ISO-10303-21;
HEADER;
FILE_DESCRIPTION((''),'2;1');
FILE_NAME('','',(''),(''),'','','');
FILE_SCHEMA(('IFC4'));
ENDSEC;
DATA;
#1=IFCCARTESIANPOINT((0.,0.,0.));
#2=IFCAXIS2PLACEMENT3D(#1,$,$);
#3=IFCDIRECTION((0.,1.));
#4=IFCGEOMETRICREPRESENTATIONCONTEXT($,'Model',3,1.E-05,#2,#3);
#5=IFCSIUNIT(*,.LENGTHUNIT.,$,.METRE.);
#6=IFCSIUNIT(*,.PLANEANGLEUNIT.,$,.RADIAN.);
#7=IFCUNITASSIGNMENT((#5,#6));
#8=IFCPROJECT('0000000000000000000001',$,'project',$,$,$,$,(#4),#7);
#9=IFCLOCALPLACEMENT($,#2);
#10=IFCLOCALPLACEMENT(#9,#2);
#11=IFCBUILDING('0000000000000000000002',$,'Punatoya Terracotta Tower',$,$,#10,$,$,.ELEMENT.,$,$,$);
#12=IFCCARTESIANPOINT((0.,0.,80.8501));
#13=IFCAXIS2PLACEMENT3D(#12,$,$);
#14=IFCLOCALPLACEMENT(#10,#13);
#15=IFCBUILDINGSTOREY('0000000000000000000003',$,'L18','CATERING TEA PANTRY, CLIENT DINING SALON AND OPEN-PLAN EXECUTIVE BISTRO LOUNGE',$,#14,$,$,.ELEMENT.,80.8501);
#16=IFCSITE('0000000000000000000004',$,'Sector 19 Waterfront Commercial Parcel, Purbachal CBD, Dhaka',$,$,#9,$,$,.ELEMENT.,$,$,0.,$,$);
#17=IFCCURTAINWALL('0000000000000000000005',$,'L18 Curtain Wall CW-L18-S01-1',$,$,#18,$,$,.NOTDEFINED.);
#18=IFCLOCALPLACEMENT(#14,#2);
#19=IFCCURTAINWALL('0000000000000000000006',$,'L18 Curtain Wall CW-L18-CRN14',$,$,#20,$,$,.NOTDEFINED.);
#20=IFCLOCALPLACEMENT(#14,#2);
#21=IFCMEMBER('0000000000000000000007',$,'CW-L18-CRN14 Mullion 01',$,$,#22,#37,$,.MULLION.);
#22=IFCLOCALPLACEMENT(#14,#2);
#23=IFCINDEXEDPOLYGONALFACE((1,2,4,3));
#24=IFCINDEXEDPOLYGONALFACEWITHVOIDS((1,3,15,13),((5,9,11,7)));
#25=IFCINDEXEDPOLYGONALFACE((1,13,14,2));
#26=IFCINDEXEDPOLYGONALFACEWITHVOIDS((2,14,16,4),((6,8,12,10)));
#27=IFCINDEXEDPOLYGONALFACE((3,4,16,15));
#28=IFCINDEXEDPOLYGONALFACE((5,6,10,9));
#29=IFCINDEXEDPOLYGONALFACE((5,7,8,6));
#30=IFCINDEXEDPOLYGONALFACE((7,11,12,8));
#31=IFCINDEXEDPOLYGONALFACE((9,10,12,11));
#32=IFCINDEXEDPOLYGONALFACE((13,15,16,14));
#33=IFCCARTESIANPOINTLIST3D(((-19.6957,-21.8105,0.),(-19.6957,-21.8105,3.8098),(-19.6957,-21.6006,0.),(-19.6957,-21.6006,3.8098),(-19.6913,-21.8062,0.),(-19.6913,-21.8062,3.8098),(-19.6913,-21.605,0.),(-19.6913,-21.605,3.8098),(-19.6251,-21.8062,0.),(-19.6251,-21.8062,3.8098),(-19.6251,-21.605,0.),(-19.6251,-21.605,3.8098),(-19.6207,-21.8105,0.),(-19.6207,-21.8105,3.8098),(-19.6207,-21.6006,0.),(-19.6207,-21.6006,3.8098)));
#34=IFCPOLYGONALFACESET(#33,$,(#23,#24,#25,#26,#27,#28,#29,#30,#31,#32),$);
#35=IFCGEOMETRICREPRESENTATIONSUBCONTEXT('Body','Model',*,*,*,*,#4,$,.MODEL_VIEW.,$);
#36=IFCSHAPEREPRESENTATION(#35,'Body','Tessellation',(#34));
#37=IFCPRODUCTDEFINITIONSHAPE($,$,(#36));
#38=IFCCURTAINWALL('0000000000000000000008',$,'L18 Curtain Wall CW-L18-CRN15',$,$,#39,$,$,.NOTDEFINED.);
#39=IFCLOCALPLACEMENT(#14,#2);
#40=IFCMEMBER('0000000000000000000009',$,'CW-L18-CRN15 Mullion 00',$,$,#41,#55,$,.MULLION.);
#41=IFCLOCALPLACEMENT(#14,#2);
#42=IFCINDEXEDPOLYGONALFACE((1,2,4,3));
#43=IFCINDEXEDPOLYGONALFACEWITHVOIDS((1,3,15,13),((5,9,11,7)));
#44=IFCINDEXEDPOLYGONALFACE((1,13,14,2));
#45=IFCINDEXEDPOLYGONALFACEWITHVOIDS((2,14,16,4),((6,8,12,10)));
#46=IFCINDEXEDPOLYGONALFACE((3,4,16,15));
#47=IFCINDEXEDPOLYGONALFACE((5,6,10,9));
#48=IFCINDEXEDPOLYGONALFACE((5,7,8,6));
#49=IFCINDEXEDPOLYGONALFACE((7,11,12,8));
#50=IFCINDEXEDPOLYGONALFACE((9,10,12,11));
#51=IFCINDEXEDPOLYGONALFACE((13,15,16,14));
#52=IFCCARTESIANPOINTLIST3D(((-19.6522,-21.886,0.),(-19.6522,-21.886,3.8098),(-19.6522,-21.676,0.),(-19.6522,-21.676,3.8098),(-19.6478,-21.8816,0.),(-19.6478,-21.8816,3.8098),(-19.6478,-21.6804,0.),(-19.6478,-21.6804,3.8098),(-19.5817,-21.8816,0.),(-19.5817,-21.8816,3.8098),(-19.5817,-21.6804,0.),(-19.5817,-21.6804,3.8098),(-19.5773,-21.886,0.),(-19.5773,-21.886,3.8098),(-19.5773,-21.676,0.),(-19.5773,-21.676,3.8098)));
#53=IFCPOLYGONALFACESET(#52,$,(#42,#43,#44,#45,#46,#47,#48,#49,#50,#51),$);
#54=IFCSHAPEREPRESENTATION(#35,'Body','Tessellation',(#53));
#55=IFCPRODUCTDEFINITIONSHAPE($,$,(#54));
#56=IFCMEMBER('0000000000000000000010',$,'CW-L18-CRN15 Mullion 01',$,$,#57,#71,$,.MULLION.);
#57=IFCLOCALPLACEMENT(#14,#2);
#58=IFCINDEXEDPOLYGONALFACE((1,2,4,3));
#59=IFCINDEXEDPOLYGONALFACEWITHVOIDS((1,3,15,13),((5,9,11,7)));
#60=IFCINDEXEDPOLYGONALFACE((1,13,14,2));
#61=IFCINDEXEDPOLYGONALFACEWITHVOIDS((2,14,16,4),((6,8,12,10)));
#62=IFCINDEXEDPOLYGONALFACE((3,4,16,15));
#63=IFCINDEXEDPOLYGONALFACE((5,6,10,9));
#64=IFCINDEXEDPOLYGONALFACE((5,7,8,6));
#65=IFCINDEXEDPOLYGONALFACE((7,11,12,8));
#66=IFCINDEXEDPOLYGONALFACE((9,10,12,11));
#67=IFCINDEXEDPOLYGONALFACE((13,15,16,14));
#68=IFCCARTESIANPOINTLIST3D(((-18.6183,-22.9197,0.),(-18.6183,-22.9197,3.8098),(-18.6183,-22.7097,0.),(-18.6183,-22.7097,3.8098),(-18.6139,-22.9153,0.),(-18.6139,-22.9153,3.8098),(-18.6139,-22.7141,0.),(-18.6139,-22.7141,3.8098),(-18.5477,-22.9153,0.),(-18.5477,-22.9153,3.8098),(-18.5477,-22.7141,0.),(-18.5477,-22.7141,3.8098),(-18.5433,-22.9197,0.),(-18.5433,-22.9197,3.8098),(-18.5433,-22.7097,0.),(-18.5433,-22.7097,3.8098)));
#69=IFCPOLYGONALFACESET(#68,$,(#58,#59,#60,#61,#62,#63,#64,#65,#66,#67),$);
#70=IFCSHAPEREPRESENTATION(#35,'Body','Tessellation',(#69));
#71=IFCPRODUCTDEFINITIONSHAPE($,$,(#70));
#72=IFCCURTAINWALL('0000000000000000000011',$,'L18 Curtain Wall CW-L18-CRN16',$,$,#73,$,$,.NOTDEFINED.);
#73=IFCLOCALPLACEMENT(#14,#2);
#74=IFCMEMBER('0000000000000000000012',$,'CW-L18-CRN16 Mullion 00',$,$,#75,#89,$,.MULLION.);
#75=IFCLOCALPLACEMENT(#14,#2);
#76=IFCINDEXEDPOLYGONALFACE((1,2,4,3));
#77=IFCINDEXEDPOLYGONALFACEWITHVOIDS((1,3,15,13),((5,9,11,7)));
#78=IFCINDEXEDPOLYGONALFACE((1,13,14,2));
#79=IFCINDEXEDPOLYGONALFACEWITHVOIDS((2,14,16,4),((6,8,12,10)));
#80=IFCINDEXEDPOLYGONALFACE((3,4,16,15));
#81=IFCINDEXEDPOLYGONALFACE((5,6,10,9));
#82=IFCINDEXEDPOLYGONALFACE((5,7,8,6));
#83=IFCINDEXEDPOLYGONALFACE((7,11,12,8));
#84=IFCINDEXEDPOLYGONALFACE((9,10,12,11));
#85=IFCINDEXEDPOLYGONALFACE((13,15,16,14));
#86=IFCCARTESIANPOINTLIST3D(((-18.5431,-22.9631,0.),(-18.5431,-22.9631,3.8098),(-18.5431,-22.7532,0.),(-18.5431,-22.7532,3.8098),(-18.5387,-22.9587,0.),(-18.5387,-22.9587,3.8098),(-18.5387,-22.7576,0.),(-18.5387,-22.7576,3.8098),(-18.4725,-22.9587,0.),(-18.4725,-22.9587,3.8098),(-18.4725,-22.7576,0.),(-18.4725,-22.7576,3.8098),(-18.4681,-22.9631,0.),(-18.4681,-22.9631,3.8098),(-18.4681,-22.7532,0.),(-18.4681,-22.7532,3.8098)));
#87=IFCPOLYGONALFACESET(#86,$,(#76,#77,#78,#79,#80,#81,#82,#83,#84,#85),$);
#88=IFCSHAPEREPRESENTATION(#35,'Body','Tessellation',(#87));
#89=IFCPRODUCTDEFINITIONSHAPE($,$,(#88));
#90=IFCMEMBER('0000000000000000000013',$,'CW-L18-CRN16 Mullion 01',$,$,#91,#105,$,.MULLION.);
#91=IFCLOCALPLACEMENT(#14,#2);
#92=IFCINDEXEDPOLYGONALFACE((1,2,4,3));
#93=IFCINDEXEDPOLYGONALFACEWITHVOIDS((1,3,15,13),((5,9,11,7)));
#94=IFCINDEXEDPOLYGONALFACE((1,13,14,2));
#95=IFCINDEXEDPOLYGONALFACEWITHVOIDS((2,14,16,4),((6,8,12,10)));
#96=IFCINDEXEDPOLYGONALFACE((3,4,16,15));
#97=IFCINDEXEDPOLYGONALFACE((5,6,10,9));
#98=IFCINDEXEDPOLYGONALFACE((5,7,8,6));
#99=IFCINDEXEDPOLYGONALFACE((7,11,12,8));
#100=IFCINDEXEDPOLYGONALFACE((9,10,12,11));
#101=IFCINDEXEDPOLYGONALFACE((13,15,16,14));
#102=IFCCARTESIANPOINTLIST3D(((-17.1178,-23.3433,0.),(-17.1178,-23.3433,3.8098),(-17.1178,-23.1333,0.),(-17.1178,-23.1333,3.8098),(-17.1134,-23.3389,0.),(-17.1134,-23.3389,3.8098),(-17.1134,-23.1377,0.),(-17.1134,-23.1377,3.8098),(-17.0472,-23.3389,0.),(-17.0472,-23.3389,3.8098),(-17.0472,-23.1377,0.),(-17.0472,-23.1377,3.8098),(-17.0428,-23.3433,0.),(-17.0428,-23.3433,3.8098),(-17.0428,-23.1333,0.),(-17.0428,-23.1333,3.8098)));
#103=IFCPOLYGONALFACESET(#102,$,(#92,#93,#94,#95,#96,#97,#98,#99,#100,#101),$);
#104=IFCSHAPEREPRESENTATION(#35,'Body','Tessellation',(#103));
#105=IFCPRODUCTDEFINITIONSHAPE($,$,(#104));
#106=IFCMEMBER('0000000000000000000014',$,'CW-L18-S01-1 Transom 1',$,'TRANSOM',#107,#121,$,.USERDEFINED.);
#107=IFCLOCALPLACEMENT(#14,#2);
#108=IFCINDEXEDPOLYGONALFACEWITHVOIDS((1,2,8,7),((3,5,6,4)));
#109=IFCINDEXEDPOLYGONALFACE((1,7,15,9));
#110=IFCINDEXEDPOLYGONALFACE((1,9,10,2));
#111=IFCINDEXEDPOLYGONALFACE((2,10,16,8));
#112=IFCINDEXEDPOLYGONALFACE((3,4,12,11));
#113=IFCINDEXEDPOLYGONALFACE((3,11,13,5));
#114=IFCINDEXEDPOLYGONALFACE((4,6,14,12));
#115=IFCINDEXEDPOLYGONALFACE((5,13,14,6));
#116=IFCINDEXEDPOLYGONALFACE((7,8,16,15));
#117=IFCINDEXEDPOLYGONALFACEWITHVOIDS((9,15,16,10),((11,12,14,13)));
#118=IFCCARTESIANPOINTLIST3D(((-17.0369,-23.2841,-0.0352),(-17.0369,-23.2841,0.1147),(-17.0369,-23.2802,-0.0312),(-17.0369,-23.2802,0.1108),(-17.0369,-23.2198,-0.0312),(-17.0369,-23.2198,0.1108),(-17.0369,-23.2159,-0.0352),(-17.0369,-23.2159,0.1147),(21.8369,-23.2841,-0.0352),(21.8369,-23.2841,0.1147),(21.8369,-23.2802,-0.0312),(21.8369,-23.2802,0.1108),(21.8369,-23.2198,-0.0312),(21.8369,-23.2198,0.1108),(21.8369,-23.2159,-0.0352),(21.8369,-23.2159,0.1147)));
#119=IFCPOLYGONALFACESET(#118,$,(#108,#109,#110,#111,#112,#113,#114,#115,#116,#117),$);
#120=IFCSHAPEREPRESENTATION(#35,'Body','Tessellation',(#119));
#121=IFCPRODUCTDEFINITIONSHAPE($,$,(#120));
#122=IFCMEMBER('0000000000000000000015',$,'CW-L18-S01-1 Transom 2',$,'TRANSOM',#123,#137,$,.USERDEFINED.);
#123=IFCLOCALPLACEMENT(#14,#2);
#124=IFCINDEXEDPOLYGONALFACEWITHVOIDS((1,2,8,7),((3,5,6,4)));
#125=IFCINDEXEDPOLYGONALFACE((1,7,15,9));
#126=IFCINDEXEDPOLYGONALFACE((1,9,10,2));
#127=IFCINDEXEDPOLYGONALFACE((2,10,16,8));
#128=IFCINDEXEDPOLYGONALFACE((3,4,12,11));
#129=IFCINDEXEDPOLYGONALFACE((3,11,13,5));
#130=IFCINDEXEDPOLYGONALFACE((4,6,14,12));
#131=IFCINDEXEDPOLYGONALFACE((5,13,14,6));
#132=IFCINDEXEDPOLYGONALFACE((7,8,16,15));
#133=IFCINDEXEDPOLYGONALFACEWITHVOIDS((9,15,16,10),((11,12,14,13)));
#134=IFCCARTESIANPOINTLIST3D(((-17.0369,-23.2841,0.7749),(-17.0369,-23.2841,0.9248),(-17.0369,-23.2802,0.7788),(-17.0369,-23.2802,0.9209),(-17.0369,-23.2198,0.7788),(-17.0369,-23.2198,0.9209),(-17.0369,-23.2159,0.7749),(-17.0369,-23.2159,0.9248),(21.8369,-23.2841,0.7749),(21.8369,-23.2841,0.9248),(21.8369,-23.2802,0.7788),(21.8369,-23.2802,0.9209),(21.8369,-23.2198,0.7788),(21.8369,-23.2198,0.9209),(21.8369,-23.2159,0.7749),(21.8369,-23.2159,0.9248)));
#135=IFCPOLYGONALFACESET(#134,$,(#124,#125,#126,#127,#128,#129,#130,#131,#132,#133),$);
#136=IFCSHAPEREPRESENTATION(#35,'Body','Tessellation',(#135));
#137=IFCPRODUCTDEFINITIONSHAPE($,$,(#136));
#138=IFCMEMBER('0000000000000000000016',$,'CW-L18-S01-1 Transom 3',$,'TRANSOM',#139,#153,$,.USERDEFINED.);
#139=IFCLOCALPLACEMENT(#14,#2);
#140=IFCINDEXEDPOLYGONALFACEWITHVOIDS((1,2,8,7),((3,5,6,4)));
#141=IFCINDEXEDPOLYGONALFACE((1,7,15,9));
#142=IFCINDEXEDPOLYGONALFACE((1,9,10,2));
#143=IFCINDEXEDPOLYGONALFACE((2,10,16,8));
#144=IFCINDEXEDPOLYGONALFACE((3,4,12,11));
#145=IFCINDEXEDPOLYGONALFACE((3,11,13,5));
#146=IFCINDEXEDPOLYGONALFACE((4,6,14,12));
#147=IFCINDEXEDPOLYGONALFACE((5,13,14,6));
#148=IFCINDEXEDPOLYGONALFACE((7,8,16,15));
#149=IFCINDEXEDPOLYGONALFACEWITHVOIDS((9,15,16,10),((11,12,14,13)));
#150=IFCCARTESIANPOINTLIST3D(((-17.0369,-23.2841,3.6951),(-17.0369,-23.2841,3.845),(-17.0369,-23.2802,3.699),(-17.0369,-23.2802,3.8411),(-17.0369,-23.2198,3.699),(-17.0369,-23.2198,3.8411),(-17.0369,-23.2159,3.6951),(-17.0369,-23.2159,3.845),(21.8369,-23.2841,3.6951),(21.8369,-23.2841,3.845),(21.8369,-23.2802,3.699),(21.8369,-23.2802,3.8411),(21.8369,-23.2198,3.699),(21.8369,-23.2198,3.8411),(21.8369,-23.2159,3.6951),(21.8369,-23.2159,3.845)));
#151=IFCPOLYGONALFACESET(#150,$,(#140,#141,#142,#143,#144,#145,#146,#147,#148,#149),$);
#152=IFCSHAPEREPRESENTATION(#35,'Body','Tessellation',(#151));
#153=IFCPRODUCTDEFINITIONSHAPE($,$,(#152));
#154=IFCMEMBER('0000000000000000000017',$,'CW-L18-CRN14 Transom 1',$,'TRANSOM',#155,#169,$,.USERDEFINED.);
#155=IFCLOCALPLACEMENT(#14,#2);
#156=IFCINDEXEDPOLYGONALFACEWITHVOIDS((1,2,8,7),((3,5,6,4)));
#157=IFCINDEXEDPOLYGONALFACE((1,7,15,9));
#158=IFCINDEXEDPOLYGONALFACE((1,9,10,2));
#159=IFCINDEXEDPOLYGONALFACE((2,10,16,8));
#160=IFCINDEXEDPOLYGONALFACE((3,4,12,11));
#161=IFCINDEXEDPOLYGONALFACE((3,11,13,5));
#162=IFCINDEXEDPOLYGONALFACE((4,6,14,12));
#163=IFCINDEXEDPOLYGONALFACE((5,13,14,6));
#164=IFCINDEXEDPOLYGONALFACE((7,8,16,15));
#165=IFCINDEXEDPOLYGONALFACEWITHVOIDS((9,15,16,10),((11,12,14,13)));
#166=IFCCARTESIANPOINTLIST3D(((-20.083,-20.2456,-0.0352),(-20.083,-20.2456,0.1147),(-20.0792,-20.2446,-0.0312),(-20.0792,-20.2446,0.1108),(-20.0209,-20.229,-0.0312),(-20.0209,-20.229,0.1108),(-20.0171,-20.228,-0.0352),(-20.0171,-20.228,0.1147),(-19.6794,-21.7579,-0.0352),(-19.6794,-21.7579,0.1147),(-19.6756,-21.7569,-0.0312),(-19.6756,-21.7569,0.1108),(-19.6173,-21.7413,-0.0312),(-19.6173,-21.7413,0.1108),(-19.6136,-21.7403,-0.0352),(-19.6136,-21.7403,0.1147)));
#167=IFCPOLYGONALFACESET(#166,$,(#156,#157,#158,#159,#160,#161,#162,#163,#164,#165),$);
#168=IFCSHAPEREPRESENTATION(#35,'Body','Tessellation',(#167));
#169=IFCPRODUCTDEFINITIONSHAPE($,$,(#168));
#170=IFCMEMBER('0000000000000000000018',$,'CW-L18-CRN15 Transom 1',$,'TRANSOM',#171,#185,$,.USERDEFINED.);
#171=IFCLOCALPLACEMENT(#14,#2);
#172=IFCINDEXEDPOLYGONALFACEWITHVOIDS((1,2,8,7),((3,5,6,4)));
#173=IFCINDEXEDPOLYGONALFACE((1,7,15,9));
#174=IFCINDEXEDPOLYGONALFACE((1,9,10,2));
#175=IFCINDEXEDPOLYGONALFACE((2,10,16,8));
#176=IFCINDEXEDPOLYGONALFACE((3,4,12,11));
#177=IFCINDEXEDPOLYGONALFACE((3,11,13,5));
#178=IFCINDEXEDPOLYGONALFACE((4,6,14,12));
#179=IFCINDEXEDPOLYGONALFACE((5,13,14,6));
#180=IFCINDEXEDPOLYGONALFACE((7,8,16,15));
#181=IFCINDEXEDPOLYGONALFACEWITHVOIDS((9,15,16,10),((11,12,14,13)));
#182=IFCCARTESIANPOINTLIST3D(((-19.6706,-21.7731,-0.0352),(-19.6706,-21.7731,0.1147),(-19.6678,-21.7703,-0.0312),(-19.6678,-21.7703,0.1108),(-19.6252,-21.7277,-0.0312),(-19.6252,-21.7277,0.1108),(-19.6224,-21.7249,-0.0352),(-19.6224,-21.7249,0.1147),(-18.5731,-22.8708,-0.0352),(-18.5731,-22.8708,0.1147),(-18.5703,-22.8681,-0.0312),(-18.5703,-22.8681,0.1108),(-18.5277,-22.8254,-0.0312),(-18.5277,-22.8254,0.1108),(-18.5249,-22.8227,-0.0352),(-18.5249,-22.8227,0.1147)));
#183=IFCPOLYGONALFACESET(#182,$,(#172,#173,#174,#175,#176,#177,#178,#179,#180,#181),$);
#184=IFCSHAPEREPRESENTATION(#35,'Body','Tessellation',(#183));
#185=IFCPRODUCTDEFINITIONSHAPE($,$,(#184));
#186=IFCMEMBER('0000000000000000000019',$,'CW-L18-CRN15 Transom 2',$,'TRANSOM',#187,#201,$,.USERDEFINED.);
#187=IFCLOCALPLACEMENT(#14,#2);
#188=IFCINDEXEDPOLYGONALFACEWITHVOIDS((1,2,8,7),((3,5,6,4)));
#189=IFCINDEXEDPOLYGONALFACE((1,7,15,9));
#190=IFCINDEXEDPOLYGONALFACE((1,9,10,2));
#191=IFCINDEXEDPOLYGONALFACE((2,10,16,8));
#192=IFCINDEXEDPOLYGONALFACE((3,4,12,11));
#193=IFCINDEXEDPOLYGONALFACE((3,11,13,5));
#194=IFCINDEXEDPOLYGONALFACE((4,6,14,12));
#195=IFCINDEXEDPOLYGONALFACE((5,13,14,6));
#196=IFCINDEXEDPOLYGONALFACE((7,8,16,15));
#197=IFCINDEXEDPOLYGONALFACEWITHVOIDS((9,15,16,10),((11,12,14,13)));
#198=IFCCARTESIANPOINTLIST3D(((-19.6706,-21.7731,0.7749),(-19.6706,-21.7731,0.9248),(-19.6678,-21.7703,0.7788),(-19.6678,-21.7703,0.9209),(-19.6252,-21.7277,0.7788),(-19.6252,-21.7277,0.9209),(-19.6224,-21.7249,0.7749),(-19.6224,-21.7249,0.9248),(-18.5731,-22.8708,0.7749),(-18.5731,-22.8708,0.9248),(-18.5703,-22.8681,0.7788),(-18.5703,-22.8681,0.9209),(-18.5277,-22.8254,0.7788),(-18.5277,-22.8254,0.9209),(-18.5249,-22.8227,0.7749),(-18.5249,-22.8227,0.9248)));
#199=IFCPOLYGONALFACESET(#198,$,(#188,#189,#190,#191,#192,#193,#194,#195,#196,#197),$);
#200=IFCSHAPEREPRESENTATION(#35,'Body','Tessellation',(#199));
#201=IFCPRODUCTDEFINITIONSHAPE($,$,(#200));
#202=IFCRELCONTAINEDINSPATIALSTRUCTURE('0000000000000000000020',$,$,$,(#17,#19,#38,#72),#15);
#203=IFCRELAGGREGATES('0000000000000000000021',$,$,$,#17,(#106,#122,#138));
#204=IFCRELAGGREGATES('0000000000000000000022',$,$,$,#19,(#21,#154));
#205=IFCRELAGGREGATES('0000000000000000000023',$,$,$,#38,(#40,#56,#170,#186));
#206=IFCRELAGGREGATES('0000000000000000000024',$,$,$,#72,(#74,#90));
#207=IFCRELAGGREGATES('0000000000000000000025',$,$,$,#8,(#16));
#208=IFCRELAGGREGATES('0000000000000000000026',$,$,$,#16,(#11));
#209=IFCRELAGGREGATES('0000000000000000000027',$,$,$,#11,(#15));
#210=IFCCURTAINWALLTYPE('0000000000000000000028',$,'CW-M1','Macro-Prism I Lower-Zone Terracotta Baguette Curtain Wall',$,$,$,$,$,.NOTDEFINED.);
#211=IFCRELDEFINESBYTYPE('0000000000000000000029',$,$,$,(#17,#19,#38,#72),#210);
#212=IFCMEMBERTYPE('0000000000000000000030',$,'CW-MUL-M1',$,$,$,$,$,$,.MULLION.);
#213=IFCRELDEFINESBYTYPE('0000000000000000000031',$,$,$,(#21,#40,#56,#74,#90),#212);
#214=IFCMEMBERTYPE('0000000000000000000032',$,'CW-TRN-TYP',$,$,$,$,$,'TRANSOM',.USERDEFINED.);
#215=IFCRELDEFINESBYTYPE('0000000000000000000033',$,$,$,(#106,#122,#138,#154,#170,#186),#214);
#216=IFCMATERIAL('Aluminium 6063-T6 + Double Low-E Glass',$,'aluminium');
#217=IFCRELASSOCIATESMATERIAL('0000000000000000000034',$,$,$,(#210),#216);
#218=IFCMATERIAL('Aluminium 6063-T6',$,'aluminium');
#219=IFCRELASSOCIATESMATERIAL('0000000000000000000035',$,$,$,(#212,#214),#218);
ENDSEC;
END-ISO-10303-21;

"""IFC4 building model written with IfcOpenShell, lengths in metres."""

from ifc_helpers import new_model, si_unit, direction, frame, origin, origin_2d, place, context, subcontext, project, spatial, hollow_rectangle, extrude, material, material_profile, profile_set, type_object, element, aggregate, save


model = new_model("IFC4")

# Units and contexts
model_context = context("Model", 3, precision=1e-05, world=origin(), true_north=direction((0.0, 1.0)))
body_context = subcontext(model_context, "Body", "Model", "MODEL_VIEW")
ifc_project = project(units=[si_unit("LENGTHUNIT", "METRE"), si_unit("PLANEANGLEUNIT", "RADIAN")], contexts=[model_context])

# Site, building, storey
site_placement = place(None, origin())
site = spatial("IfcSite", under=ifc_project, at=site_placement, Name="Sector 19 Waterfront Commercial Parcel, Purbachal CBD, Dhaka", CompositionType="ELEMENT", RefElevation=0.0)
building_placement = place(site_placement, origin())
building = spatial("IfcBuilding", under=site, at=building_placement, Name="Punatoya Terracotta Tower", CompositionType="ELEMENT")
storey_placement = place(building_placement, frame((0.0, 0.0, 80.8501)))
storey = spatial("IfcBuildingStorey", under=building, at=storey_placement, Name="L18", Description="CATERING TEA PANTRY, CLIENT DINING SALON AND OPEN-PLAN EXECUTIVE BISTRO LOUNGE", CompositionType="ELEMENT", Elevation=80.8501)

# Curtain wall
ifc_material_1 = material(Name="Aluminium 6063-T6 + Double Low-E Glass", Category="aluminium")
curtain_wall_type = type_object("IfcCurtainWallType", Name="CW-M1", Description="Macro-Prism I Lower-Zone Terracotta Baguette Curtain Wall", PredefinedType="NOTDEFINED", material=ifc_material_1)
curtain_wall_1_placement = place(storey_placement, origin())
curtain_wall_1 = element("IfcCurtainWall", 1, at=curtain_wall_1_placement, inside=storey, type_object=curtain_wall_type, Name="L18 Curtain Wall CW-L18-S01-1", PredefinedType="NOTDEFINED")
ifc_material_2 = material(Name="Aluminium 6063-T6", Category="aluminium")
ifc_material_profile_1 = material_profile(ifc_material_2, hollow_rectangle(XDim=0.075, YDim=0.21, WallThickness=0.0044, at=origin_2d()))
ifc_profile_set_1 = profile_set([ifc_material_profile_1], Name="Aluminium 6063-T6")
member_type_1 = type_object("IfcMemberType", Name="CW-MUL-M1", PredefinedType="MULLION", material=ifc_profile_set_1)

# Curtain walls, members
curtain_wall_2_placement = place(storey_placement, origin())
curtain_wall_2 = element("IfcCurtainWall", 2, at=curtain_wall_2_placement, inside=storey, type_object=curtain_wall_type, Name="L18 Curtain Wall CW-L18-CRN14", PredefinedType="NOTDEFINED")
member_1_placement = place(storey_placement, frame((-19.6582, -21.7056, 0.0), z_axis=(0.0, 0.0, 1.0), x_axis=(1.0, 0.0, 0.0)))
member_1 = element("IfcMember", 3, at=member_1_placement, type_object=member_type_1, Name="CW-L18-CRN14 Mullion 01", PredefinedType="MULLION", context=body_context, shape_type="SweptSolid", body=[
    extrude(hollow_rectangle(XDim=0.075, YDim=0.21, WallThickness=0.0044, at=origin_2d()), origin(), (0.0, 0.0, 1.0), 3.8098),
])
curtain_wall_3_placement = place(storey_placement, origin())
curtain_wall_3 = element("IfcCurtainWall", 4, at=curtain_wall_3_placement, inside=storey, type_object=curtain_wall_type, Name="L18 Curtain Wall CW-L18-CRN15", PredefinedType="NOTDEFINED")
member_2_placement = place(storey_placement, frame((-19.6147, -21.781, 0.0), z_axis=(0.0, 0.0, 1.0), x_axis=(1.0, 0.0, 0.0)))
member_2 = element("IfcMember", 5, at=member_2_placement, type_object=member_type_1, Name="CW-L18-CRN15 Mullion 00", PredefinedType="MULLION", context=body_context, shape_type="SweptSolid", body=[
    extrude(hollow_rectangle(XDim=0.075, YDim=0.21, WallThickness=0.0044, at=origin_2d()), origin(), (0.0, 0.0, 1.0), 3.8098),
])
member_3_placement = place(storey_placement, frame((-18.5808, -22.8147, 0.0), z_axis=(0.0, 0.0, 1.0), x_axis=(1.0, 0.0, 0.0)))
member_3 = element("IfcMember", 6, at=member_3_placement, type_object=member_type_1, Name="CW-L18-CRN15 Mullion 01", PredefinedType="MULLION", context=body_context, shape_type="SweptSolid", body=[
    extrude(hollow_rectangle(XDim=0.075, YDim=0.21, WallThickness=0.0044, at=origin_2d()), origin(), (0.0, 0.0, 1.0), 3.8098),
])
curtain_wall_4_placement = place(storey_placement, origin())
curtain_wall_4 = element("IfcCurtainWall", 7, at=curtain_wall_4_placement, inside=storey, type_object=curtain_wall_type, Name="L18 Curtain Wall CW-L18-CRN16", PredefinedType="NOTDEFINED")
member_4_placement = place(storey_placement, frame((-18.5056, -22.8582, 0.0), z_axis=(0.0, 0.0, 1.0), x_axis=(1.0, 0.0, 0.0)))
member_4 = element("IfcMember", 8, at=member_4_placement, type_object=member_type_1, Name="CW-L18-CRN16 Mullion 00", PredefinedType="MULLION", context=body_context, shape_type="SweptSolid", body=[
    extrude(hollow_rectangle(XDim=0.075, YDim=0.21, WallThickness=0.0044, at=origin_2d()), origin(), (0.0, 0.0, 1.0), 3.8098),
])
member_5_placement = place(storey_placement, frame((-17.0803, -23.2383, 0.0), z_axis=(0.0, 0.0, 1.0), x_axis=(1.0, 0.0, 0.0)))
member_5 = element("IfcMember", 9, at=member_5_placement, type_object=member_type_1, Name="CW-L18-CRN16 Mullion 01", PredefinedType="MULLION", context=body_context, shape_type="SweptSolid", body=[
    extrude(hollow_rectangle(XDim=0.075, YDim=0.21, WallThickness=0.0044, at=origin_2d()), origin(), (0.0, 0.0, 1.0), 3.8098),
])

# Members
ifc_material_profile_2 = material_profile(ifc_material_2, hollow_rectangle(XDim=0.0681, YDim=0.1499, WallThickness=0.0039, at=origin_2d()))
ifc_profile_set_2 = profile_set([ifc_material_profile_2], Name="Aluminium 6063-T6")
member_type_2 = type_object("IfcMemberType", Name="CW-TRN-TYP", ElementType="TRANSOM", PredefinedType="USERDEFINED", material=ifc_profile_set_2)
member_6_placement = place(storey_placement, frame((-17.0369, -23.25, 0.0398), z_axis=(1.0, 0.0, 0.0), x_axis=(0.0, 1.0, 0.0)))
member_6 = element("IfcMember", 10, at=member_6_placement, type_object=member_type_2, Name="CW-L18-S01-1 Transom 1", ObjectType="TRANSOM", PredefinedType="USERDEFINED", context=body_context, shape_type="SweptSolid", body=[
    extrude(hollow_rectangle(XDim=0.0681, YDim=0.1499, WallThickness=0.0039, at=origin_2d()), origin(), (0.0, 0.0, 1.0), 38.8738),
])
member_7_placement = place(storey_placement, frame((-17.0369, -23.25, 0.8499), z_axis=(1.0, 0.0, 0.0), x_axis=(0.0, 1.0, 0.0)))
member_7 = element("IfcMember", 11, at=member_7_placement, type_object=member_type_2, Name="CW-L18-S01-1 Transom 2", ObjectType="TRANSOM", PredefinedType="USERDEFINED", context=body_context, shape_type="SweptSolid", body=[
    extrude(hollow_rectangle(XDim=0.0681, YDim=0.1499, WallThickness=0.0039, at=origin_2d()), origin(), (0.0, 0.0, 1.0), 38.8738),
])
member_8_placement = place(storey_placement, frame((-17.0369, -23.25, 3.77), z_axis=(1.0, 0.0, 0.0), x_axis=(0.0, 1.0, 0.0)))
member_8 = element("IfcMember", 12, at=member_8_placement, type_object=member_type_2, Name="CW-L18-S01-1 Transom 3", ObjectType="TRANSOM", PredefinedType="USERDEFINED", context=body_context, shape_type="SweptSolid", body=[
    extrude(hollow_rectangle(XDim=0.0681, YDim=0.1499, WallThickness=0.0039, at=origin_2d()), origin(), (0.0, 0.0, 1.0), 38.8738),
])
member_9_placement = place(storey_placement, frame((-20.05, -20.2368, 0.0398), z_axis=(0.257847, -0.966186, 0.0), x_axis=(0.966186, 0.257847, 0.0)))
member_9 = element("IfcMember", 13, at=member_9_placement, type_object=member_type_2, Name="CW-L18-CRN14 Transom 1", ObjectType="TRANSOM", PredefinedType="USERDEFINED", context=body_context, shape_type="SweptSolid", body=[
    extrude(hollow_rectangle(XDim=0.0681, YDim=0.1499, WallThickness=0.0039, at=origin_2d()), origin(), (0.0, 0.0, 1.0), 1.5652),
])
member_10_placement = place(storey_placement, frame((-19.6465, -21.749, 0.0398), z_axis=(0.707028, -0.707185, 0.0), x_axis=(0.707185, 0.707028, 0.0)))
member_10 = element("IfcMember", 14, at=member_10_placement, type_object=member_type_2, Name="CW-L18-CRN15 Transom 1", ObjectType="TRANSOM", PredefinedType="USERDEFINED", context=body_context, shape_type="SweptSolid", body=[
    extrude(hollow_rectangle(XDim=0.0681, YDim=0.1499, WallThickness=0.0039, at=origin_2d()), origin(), (0.0, 0.0, 1.0), 1.5522),
])
member_11_placement = place(storey_placement, frame((-19.6465, -21.749, 0.8499), z_axis=(0.707028, -0.707185, 0.0), x_axis=(0.707185, 0.707028, 0.0)))
member_11 = element("IfcMember", 15, at=member_11_placement, type_object=member_type_2, Name="CW-L18-CRN15 Transom 2", ObjectType="TRANSOM", PredefinedType="USERDEFINED", context=body_context, shape_type="SweptSolid", body=[
    extrude(hollow_rectangle(XDim=0.0681, YDim=0.1499, WallThickness=0.0039, at=origin_2d()), origin(), (0.0, 0.0, 1.0), 1.5522),
])

aggregate(curtain_wall_1, [member_6, member_7, member_8])
aggregate(curtain_wall_2, [member_1, member_9])
aggregate(curtain_wall_3, [member_2, member_3, member_10, member_11])
aggregate(curtain_wall_4, [member_4, member_5])

save(model, "model.ifc")
